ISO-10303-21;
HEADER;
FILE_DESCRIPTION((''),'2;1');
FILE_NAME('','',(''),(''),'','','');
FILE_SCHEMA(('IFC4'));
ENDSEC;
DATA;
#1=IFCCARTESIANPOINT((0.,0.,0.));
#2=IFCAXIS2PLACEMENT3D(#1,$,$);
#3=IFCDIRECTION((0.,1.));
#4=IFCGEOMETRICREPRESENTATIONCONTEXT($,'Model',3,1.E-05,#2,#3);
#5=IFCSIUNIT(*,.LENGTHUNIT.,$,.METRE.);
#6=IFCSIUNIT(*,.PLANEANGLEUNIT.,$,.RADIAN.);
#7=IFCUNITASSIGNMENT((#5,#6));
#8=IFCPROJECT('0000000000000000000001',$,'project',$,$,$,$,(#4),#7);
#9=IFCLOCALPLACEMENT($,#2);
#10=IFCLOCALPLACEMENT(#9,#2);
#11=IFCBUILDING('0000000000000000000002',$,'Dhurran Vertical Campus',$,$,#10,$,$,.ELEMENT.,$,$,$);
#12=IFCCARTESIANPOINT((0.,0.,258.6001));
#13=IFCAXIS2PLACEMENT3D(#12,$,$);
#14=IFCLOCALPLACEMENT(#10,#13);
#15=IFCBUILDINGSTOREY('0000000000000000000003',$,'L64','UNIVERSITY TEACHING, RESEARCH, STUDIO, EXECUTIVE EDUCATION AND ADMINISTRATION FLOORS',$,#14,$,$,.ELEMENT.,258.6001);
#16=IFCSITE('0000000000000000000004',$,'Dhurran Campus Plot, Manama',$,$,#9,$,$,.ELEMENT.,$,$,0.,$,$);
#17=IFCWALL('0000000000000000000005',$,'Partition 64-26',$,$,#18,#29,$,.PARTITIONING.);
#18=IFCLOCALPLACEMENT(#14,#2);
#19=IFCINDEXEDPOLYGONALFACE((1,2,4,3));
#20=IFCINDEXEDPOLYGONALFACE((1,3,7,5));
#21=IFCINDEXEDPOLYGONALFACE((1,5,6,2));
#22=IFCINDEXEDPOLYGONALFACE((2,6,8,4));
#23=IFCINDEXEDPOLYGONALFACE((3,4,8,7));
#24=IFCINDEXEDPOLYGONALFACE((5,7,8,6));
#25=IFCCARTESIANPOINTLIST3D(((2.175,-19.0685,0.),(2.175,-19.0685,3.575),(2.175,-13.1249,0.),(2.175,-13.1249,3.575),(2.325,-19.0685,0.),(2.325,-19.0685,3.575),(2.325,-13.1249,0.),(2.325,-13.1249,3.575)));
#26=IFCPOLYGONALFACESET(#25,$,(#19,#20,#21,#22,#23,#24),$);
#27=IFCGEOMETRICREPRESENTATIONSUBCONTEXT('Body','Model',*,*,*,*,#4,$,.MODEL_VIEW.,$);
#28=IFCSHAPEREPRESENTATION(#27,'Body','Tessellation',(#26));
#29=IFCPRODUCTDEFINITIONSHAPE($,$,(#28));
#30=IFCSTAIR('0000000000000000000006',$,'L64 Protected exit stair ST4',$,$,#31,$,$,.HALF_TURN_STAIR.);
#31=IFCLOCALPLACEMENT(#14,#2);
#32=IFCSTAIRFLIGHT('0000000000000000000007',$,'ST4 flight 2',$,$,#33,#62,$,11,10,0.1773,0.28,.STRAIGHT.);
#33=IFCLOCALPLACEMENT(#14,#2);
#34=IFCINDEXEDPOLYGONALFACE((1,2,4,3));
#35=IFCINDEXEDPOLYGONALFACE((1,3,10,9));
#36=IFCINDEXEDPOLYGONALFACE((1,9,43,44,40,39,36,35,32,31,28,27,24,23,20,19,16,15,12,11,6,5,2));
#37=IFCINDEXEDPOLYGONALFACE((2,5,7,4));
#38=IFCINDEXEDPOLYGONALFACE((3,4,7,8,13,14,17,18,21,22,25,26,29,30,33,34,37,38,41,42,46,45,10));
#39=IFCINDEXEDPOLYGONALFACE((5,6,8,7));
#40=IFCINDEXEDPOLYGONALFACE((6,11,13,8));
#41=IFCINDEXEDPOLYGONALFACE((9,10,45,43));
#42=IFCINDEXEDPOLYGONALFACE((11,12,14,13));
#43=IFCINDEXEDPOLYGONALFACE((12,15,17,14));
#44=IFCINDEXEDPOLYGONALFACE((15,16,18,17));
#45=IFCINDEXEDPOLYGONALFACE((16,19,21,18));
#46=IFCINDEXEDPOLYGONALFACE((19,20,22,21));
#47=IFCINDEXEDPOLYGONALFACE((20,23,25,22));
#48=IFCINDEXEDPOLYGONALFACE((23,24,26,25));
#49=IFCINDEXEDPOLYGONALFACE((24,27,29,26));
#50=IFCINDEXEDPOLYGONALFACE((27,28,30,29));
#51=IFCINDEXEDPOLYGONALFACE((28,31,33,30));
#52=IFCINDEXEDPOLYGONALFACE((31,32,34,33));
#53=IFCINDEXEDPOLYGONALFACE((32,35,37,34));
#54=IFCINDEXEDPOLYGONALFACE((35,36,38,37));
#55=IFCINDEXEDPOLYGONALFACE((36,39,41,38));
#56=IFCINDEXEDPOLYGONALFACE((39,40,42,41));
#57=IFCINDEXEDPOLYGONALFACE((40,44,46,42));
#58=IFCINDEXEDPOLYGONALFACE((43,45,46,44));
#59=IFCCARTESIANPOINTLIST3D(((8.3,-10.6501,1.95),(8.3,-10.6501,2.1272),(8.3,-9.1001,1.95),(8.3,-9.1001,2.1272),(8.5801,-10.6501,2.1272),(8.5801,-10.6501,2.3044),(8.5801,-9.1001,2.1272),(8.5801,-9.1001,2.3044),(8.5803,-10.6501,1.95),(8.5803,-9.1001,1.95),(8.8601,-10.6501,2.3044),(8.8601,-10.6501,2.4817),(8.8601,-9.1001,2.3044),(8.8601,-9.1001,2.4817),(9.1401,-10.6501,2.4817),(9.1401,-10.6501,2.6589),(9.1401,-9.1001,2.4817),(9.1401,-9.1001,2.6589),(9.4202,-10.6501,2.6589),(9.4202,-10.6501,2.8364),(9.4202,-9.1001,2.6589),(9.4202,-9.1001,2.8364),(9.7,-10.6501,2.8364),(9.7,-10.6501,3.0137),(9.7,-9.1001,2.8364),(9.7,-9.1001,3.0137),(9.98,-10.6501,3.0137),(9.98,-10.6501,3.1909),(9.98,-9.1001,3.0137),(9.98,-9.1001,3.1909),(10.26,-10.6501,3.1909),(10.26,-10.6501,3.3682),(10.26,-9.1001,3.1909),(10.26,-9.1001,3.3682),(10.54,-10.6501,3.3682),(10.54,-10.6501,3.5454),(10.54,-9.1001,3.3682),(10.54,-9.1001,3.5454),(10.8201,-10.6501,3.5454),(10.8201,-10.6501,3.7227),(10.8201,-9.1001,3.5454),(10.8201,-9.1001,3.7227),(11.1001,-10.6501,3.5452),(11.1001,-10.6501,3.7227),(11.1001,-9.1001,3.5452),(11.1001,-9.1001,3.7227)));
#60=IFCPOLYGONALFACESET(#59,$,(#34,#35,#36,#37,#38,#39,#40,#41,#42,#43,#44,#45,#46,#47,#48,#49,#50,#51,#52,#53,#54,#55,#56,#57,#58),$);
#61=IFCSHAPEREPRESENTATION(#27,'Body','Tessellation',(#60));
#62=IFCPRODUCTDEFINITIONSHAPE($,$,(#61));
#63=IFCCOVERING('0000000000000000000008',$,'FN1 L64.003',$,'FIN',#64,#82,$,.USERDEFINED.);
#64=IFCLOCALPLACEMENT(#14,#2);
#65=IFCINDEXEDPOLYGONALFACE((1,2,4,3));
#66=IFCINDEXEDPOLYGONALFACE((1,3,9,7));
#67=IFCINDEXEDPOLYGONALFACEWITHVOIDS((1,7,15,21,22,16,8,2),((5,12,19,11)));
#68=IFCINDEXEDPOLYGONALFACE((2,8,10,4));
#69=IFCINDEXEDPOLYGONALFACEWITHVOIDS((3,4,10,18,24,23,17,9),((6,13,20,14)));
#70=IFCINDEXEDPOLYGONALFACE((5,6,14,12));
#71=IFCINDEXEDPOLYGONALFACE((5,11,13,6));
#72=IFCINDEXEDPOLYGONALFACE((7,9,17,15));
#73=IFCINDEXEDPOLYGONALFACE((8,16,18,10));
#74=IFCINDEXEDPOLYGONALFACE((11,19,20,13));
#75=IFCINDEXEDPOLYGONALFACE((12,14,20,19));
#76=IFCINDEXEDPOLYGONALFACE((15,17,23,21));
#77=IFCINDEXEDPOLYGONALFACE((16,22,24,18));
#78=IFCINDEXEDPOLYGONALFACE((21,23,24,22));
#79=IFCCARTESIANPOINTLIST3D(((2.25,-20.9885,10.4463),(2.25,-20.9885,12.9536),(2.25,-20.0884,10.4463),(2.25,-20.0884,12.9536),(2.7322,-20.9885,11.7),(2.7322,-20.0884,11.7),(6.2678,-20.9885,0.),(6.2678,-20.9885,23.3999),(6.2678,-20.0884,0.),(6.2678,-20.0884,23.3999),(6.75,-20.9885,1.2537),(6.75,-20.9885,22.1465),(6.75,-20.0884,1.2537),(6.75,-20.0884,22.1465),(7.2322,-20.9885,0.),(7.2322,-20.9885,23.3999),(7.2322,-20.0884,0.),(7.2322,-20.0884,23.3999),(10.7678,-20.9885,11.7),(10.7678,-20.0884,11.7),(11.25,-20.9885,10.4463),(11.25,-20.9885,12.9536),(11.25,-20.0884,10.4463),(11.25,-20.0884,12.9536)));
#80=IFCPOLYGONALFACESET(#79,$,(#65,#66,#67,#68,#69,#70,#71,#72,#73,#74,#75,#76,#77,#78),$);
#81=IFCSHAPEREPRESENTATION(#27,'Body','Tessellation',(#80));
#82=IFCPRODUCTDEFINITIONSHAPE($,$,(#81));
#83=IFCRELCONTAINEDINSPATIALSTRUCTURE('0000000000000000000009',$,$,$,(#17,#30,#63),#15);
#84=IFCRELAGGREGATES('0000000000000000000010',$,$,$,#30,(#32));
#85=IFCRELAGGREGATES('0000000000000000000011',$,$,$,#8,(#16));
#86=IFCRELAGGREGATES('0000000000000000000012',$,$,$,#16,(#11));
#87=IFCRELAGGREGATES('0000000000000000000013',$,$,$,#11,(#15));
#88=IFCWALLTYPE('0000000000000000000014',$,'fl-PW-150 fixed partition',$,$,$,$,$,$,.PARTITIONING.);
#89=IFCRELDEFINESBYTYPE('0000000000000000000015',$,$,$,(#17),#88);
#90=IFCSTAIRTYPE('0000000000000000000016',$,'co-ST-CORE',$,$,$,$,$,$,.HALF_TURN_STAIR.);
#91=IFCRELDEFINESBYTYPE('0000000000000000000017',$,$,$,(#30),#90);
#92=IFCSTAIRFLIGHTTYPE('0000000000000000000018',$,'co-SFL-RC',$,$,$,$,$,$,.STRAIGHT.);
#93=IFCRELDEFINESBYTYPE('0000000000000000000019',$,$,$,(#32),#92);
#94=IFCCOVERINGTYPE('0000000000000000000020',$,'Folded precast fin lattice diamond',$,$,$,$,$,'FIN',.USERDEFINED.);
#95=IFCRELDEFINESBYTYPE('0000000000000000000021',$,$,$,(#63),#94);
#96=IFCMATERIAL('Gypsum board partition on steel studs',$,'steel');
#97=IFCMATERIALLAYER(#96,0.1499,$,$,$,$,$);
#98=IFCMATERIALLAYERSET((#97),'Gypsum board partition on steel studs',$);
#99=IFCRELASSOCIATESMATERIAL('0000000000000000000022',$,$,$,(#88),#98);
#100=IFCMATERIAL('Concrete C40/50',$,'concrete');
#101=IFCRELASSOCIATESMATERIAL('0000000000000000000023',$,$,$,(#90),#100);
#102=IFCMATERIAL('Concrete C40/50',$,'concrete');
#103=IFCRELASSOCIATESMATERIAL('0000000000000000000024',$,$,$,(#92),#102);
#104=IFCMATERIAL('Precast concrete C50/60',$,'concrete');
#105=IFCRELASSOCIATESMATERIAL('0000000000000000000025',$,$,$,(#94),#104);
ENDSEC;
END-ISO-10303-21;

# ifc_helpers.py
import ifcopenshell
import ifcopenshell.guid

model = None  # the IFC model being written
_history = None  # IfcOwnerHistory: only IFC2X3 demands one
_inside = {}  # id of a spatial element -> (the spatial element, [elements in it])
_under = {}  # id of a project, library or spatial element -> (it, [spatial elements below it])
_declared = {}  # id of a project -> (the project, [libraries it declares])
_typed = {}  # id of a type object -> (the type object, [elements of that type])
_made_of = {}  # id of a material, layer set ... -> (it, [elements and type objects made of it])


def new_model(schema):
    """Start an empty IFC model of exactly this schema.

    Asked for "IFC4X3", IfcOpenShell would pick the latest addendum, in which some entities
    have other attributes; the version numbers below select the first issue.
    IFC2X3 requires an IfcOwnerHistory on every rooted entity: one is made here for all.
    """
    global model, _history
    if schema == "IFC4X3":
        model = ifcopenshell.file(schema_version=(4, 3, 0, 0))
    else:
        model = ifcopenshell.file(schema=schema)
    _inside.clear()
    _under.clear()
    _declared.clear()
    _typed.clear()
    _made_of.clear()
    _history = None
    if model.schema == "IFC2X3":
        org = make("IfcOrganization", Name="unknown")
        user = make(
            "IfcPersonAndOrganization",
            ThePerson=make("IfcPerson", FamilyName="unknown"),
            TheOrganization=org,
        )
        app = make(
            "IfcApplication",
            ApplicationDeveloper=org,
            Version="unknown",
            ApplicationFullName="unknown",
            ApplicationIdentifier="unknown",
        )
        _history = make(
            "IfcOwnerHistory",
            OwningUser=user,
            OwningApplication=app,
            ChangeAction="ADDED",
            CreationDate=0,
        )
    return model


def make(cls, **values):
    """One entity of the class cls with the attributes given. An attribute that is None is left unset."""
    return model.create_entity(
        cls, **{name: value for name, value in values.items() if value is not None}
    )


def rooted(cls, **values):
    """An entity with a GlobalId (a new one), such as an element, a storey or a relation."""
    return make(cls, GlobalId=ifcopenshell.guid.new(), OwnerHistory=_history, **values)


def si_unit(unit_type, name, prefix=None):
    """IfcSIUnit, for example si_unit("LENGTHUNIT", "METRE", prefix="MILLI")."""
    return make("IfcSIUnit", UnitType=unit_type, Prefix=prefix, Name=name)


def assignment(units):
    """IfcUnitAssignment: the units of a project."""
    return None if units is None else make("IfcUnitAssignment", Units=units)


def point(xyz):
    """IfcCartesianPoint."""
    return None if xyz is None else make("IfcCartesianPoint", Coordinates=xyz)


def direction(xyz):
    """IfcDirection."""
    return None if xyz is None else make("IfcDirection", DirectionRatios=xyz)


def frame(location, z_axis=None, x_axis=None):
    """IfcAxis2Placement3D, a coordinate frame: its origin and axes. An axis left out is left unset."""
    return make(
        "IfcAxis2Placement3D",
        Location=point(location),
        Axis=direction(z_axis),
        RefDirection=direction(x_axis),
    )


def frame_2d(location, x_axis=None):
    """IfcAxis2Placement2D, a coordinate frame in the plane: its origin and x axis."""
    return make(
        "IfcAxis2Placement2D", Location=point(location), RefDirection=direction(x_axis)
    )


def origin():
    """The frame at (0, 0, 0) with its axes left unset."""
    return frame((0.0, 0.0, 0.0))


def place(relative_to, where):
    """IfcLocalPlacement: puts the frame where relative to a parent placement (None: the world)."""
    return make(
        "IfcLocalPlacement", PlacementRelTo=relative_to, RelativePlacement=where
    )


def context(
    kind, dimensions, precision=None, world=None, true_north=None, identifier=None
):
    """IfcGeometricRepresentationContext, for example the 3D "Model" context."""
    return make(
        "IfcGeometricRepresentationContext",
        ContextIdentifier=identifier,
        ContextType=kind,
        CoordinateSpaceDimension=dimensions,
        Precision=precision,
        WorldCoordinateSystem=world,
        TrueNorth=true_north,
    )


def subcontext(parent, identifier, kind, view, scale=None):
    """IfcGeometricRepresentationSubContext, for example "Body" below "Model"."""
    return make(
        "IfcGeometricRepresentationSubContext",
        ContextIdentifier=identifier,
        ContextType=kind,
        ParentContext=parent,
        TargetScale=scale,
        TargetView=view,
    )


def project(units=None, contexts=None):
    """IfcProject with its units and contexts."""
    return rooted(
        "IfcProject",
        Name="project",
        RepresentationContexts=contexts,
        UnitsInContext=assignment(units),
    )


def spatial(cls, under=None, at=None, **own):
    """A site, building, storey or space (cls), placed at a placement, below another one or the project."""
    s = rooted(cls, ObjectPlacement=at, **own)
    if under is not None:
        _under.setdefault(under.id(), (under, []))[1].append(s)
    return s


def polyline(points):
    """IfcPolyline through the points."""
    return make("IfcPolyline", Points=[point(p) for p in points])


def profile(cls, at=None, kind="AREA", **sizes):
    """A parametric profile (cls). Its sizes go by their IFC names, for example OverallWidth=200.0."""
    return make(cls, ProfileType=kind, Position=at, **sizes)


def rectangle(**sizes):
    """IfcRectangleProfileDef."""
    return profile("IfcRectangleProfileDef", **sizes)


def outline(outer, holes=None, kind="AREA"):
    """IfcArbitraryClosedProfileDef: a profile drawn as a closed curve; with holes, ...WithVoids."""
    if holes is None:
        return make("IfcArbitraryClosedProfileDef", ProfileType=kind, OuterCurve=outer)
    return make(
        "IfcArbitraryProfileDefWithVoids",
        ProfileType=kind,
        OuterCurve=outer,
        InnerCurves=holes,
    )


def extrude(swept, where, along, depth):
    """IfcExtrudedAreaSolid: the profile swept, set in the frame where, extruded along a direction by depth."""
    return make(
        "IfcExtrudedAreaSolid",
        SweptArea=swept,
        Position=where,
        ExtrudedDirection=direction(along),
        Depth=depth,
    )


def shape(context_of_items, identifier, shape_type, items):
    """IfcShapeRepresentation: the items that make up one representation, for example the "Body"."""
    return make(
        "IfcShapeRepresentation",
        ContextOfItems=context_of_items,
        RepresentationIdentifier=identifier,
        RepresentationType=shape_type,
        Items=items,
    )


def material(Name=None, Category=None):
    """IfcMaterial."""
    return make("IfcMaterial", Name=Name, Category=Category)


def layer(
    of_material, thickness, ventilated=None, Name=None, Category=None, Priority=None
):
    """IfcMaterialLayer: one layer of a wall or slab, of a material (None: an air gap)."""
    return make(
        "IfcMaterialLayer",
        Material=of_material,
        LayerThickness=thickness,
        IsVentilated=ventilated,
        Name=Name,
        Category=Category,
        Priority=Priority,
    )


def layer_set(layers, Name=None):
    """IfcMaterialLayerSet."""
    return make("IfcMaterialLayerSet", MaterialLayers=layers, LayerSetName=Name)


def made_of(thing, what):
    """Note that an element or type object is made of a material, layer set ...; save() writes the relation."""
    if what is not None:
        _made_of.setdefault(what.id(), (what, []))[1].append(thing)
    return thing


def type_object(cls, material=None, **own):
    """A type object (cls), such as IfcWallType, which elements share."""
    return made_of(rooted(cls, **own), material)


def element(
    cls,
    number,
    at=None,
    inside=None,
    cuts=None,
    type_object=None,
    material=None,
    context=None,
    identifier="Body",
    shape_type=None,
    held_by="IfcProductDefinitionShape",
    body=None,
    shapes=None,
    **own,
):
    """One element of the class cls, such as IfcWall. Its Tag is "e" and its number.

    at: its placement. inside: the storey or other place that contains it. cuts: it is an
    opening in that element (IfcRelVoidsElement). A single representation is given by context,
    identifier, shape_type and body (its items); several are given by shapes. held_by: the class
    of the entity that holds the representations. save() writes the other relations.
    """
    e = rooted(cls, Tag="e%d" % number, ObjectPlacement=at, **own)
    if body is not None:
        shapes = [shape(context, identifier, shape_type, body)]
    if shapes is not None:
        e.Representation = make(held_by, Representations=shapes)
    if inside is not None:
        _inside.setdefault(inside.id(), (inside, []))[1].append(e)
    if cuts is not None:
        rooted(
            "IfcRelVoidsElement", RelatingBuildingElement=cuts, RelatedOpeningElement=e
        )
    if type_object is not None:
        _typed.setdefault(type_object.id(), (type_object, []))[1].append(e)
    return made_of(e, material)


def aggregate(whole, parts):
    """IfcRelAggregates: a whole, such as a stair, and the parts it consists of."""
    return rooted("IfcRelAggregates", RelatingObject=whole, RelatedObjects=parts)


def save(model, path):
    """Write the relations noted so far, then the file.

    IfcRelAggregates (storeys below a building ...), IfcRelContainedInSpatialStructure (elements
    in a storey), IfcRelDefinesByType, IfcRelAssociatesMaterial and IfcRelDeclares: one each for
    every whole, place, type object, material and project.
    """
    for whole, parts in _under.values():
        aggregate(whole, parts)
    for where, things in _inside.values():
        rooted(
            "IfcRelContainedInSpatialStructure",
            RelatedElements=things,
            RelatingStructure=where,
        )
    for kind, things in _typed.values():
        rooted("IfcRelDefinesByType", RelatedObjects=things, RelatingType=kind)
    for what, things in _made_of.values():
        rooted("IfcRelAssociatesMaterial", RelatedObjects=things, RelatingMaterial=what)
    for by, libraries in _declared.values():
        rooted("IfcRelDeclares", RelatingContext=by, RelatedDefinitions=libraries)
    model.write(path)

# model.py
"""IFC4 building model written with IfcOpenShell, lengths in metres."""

from ifc_helpers import new_model, si_unit, direction, frame, frame_2d, origin, place, context, subcontext, project, spatial, polyline, rectangle, outline, extrude, material, layer, layer_set, type_object, element, aggregate, save


model = new_model("IFC4")

# Units and contexts
model_context = context("Model", 3, precision=1e-05, world=origin(), true_north=direction((0.0, 1.0)))
body_context = subcontext(model_context, "Body", "Model", "MODEL_VIEW")
ifc_project = project(units=[si_unit("LENGTHUNIT", "METRE"), si_unit("PLANEANGLEUNIT", "RADIAN")], contexts=[model_context])

# Site, building, storey
site_placement = place(None, origin())
site = spatial("IfcSite", under=ifc_project, at=site_placement, Name="Dhurran Campus Plot, Manama", CompositionType="ELEMENT", RefElevation=0.0)
building_placement = place(site_placement, origin())
building = spatial("IfcBuilding", under=site, at=building_placement, Name="Dhurran Vertical Campus", CompositionType="ELEMENT")
storey_placement = place(building_placement, frame((0.0, 0.0, 258.6001)))
storey = spatial("IfcBuildingStorey", under=building, at=storey_placement, Name="L64", Description="UNIVERSITY TEACHING, RESEARCH, STUDIO, EXECUTIVE EDUCATION AND ADMINISTRATION FLOORS", CompositionType="ELEMENT", Elevation=258.6001)

# Wall
ifc_material_1 = material(Name="Gypsum board partition on steel studs", Category="steel")
ifc_layer_1 = layer(ifc_material_1, 0.1499)
ifc_layer_set_1 = layer_set([ifc_layer_1], Name="Gypsum board partition on steel studs")
wall_type_1 = type_object("IfcWallType", Name="fl-PW-150 fixed partition", PredefinedType="PARTITIONING", material=ifc_layer_set_1)
wall_1_placement = place(storey_placement, frame((2.25, -13.125, 0.0), z_axis=(0.0, 0.0, 1.0), x_axis=(0.0, -1.0, 0.0)))
element("IfcWall", 1, at=wall_1_placement, inside=storey, type_object=wall_type_1, Name="Partition 64-26", PredefinedType="PARTITIONING", context=body_context, shape_type="SweptSolid", body=[
    extrude(rectangle(XDim=5.9436, YDim=0.1499, at=frame_2d((2.9717, 0.0))), origin(), (0.0, 0.0, 1.0), 3.575),
])

# Stair, stair flight
ifc_material_2 = material(Name="Concrete C40/50", Category="concrete")
stair_type = type_object("IfcStairType", Name="co-ST-CORE", PredefinedType="HALF_TURN_STAIR", material=ifc_material_2)
stair_placement = place(storey_placement, origin())
stair = element("IfcStair", 2, at=stair_placement, inside=storey, type_object=stair_type, Name="L64 Protected exit stair ST4", PredefinedType="HALF_TURN_STAIR")
ifc_material_3 = material(Name="Concrete C40/50", Category="concrete")
stair_flight_type = type_object("IfcStairFlightType", Name="co-SFL-RC", PredefinedType="STRAIGHT", material=ifc_material_3)
stair_flight_placement = place(storey_placement, frame((8.3, -9.875, 1.95), z_axis=(0.0, 0.0, 1.0), x_axis=(1.0, 0.0, 0.0)))
stair_flight = element("IfcStairFlight", 3, at=stair_flight_placement, type_object=stair_flight_type, Name="ST4 flight 2", NumberOfRisers=11, NumberOfTreads=10, PredefinedType="STRAIGHT", RiserHeight=0.1773, TreadLength=0.28, context=body_context, shape_type="SweptSolid", body=[
    extrude(outline(polyline([(0.0, 0.0), (0.0, 0.1772), (0.28, 0.1772), (0.28, 0.3545), (0.5601, 0.3545), (0.5601, 0.5317), (0.8401, 0.5317), (0.8401, 0.709), (1.1201, 0.709), (1.1201, 0.8865), (1.3999, 0.8865), (1.3999, 1.0637), (1.6799, 1.0637), (1.6799, 1.241), (1.96, 1.241), (1.96, 1.4182), (2.24, 1.4182), (2.24, 1.5955), (2.52, 1.5955), (2.52, 1.7727), (2.8, 1.7727), (2.8, 1.95), (2.8, 1.5952), (0.2803, 0.0), (0.0, 0.0)])), frame((0.0, 0.7749, 0.0), z_axis=(0.0, -1.0, 0.0), x_axis=(1.0, 0.0, 0.0)), (0.0, 0.0, 1.0), 1.55),
])
aggregate(stair, [stair_flight])

# Covering
ifc_material_4 = material(Name="Precast concrete C50/60", Category="concrete")
covering_type = type_object("IfcCoveringType", Name="Folded precast fin lattice diamond", ElementType="FIN", PredefinedType="USERDEFINED", material=ifc_material_4)
covering_placement = place(storey_placement, frame((2.25, -20.0884, 0.0), z_axis=(0.0, -1.0, 0.0), x_axis=(1.0, 0.0, 0.0)))
element("IfcCovering", 4, at=covering_placement, inside=storey, type_object=covering_type, Name="FN1 L64.003", ObjectType="FIN", PredefinedType="USERDEFINED", context=body_context, shape_type="SweptSolid", body=[
    extrude(outline(polyline([(9.0, 12.9536), (9.0, 10.4463), (4.9822, 0.0), (4.0178, 0.0), (0.0, 10.4463), (0.0, 12.9536), (4.0178, 23.3999), (4.9822, 23.3999), (9.0, 12.9536)]), holes=[polyline([(8.5178, 11.7), (4.5, 22.1465), (0.4822, 11.7), (4.5, 1.2537), (8.5178, 11.7)])]), origin(), (0.0, 0.0, 1.0), 0.9001),
])

save(model, "model.ifc")
